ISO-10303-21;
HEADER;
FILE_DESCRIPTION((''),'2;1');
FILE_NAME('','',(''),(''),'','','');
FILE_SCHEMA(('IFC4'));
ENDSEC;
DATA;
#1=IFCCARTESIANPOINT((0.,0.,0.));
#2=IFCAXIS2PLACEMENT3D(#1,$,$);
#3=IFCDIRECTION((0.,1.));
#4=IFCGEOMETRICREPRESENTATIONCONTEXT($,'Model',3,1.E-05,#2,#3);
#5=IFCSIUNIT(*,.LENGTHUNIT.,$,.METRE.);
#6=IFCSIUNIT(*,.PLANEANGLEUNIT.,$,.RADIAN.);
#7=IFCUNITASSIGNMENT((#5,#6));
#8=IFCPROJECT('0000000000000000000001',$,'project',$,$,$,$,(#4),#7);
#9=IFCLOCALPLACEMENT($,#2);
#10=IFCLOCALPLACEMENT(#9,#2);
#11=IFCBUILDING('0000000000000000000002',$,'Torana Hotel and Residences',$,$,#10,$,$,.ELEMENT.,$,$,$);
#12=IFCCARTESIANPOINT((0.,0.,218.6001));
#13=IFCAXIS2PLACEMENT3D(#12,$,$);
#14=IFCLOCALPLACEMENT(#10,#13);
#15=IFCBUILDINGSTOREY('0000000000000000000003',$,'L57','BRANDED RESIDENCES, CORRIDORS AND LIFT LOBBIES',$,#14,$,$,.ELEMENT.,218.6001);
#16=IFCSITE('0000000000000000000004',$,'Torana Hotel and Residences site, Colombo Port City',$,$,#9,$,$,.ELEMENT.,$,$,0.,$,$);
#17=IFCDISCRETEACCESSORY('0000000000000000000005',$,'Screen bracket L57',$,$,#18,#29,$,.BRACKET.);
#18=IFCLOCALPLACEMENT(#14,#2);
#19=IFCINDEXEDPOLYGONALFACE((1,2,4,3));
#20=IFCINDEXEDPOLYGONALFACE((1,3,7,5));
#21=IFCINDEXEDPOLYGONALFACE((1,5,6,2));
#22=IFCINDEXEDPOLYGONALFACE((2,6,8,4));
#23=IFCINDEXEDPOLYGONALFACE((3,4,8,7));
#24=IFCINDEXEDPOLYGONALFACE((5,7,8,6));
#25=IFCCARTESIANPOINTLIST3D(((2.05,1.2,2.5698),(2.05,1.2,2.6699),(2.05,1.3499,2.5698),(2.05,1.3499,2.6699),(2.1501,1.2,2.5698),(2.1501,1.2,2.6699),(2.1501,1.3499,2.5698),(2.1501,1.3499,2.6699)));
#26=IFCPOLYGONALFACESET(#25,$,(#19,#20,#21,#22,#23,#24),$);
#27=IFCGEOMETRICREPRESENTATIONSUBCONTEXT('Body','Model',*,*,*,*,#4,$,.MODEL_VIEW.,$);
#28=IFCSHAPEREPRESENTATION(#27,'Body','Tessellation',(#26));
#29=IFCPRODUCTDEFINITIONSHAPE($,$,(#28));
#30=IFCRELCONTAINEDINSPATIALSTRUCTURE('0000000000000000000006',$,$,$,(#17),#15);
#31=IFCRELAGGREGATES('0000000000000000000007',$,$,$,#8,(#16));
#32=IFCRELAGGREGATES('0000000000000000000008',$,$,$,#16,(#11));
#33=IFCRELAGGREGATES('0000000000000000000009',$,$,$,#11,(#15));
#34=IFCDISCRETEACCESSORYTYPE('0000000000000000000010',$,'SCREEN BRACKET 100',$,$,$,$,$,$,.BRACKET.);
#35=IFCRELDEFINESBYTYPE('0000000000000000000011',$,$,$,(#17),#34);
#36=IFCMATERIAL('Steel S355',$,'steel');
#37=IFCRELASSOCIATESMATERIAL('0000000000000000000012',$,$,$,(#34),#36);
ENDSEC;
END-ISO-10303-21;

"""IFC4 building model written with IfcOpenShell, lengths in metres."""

from ifc_helpers import new_model, si_unit, direction, frame, origin, origin_2d, place, context, subcontext, project, spatial, rectangle, extrude, material, type_object, element, save


model = new_model("IFC4")

# Units and contexts
model_context = context("Model", 3, precision=1e-05, world=origin(), true_north=direction((0.0, 1.0)))
body_context = subcontext(model_context, "Body", "Model", "MODEL_VIEW")
ifc_project = project(units=[si_unit("LENGTHUNIT", "METRE"), si_unit("PLANEANGLEUNIT", "RADIAN")], contexts=[model_context])

# Site, building, storey
site_placement = place(None, origin())
site = spatial("IfcSite", under=ifc_project, at=site_placement, Name="Torana Hotel and Residences site, Colombo Port City", CompositionType="ELEMENT", RefElevation=0.0)
building_placement = place(site_placement, origin())
building = spatial("IfcBuilding", under=site, at=building_placement, Name="Torana Hotel and Residences", CompositionType="ELEMENT")
storey_placement = place(building_placement, frame((0.0, 0.0, 218.6001)))
storey = spatial("IfcBuildingStorey", under=building, at=storey_placement, Name="L57", Description="BRANDED RESIDENCES, CORRIDORS AND LIFT LOBBIES", CompositionType="ELEMENT", Elevation=218.6001)

# Discrete accessory
ifc_material_1 = material(Name="Steel S355", Category="steel")
discrete_accessory_type = type_object("IfcDiscreteAccessoryType", Name="SCREEN BRACKET 100", PredefinedType="BRACKET", material=ifc_material_1)
for number, where, z_axis, x_axis, name in (
    (1, (2.1001, 1.2749, 2.5698), (0.0, 0.0, 1.0), (-1.0, 0.0, 0.0), "Screen bracket L57"),
):
    element("IfcDiscreteAccessory", number, at=place(storey_placement, frame(where, z_axis=z_axis, x_axis=x_axis)), inside=storey, type_object=discrete_accessory_type, Name=name, PredefinedType="BRACKET", context=body_context, shape_type="SweptSolid", body=[
        extrude(rectangle(XDim=0.1001, YDim=0.1499, at=origin_2d()), origin(), (0.0, 0.0, 1.0), 0.1001),
    ])

save(model, "model.ifc")
